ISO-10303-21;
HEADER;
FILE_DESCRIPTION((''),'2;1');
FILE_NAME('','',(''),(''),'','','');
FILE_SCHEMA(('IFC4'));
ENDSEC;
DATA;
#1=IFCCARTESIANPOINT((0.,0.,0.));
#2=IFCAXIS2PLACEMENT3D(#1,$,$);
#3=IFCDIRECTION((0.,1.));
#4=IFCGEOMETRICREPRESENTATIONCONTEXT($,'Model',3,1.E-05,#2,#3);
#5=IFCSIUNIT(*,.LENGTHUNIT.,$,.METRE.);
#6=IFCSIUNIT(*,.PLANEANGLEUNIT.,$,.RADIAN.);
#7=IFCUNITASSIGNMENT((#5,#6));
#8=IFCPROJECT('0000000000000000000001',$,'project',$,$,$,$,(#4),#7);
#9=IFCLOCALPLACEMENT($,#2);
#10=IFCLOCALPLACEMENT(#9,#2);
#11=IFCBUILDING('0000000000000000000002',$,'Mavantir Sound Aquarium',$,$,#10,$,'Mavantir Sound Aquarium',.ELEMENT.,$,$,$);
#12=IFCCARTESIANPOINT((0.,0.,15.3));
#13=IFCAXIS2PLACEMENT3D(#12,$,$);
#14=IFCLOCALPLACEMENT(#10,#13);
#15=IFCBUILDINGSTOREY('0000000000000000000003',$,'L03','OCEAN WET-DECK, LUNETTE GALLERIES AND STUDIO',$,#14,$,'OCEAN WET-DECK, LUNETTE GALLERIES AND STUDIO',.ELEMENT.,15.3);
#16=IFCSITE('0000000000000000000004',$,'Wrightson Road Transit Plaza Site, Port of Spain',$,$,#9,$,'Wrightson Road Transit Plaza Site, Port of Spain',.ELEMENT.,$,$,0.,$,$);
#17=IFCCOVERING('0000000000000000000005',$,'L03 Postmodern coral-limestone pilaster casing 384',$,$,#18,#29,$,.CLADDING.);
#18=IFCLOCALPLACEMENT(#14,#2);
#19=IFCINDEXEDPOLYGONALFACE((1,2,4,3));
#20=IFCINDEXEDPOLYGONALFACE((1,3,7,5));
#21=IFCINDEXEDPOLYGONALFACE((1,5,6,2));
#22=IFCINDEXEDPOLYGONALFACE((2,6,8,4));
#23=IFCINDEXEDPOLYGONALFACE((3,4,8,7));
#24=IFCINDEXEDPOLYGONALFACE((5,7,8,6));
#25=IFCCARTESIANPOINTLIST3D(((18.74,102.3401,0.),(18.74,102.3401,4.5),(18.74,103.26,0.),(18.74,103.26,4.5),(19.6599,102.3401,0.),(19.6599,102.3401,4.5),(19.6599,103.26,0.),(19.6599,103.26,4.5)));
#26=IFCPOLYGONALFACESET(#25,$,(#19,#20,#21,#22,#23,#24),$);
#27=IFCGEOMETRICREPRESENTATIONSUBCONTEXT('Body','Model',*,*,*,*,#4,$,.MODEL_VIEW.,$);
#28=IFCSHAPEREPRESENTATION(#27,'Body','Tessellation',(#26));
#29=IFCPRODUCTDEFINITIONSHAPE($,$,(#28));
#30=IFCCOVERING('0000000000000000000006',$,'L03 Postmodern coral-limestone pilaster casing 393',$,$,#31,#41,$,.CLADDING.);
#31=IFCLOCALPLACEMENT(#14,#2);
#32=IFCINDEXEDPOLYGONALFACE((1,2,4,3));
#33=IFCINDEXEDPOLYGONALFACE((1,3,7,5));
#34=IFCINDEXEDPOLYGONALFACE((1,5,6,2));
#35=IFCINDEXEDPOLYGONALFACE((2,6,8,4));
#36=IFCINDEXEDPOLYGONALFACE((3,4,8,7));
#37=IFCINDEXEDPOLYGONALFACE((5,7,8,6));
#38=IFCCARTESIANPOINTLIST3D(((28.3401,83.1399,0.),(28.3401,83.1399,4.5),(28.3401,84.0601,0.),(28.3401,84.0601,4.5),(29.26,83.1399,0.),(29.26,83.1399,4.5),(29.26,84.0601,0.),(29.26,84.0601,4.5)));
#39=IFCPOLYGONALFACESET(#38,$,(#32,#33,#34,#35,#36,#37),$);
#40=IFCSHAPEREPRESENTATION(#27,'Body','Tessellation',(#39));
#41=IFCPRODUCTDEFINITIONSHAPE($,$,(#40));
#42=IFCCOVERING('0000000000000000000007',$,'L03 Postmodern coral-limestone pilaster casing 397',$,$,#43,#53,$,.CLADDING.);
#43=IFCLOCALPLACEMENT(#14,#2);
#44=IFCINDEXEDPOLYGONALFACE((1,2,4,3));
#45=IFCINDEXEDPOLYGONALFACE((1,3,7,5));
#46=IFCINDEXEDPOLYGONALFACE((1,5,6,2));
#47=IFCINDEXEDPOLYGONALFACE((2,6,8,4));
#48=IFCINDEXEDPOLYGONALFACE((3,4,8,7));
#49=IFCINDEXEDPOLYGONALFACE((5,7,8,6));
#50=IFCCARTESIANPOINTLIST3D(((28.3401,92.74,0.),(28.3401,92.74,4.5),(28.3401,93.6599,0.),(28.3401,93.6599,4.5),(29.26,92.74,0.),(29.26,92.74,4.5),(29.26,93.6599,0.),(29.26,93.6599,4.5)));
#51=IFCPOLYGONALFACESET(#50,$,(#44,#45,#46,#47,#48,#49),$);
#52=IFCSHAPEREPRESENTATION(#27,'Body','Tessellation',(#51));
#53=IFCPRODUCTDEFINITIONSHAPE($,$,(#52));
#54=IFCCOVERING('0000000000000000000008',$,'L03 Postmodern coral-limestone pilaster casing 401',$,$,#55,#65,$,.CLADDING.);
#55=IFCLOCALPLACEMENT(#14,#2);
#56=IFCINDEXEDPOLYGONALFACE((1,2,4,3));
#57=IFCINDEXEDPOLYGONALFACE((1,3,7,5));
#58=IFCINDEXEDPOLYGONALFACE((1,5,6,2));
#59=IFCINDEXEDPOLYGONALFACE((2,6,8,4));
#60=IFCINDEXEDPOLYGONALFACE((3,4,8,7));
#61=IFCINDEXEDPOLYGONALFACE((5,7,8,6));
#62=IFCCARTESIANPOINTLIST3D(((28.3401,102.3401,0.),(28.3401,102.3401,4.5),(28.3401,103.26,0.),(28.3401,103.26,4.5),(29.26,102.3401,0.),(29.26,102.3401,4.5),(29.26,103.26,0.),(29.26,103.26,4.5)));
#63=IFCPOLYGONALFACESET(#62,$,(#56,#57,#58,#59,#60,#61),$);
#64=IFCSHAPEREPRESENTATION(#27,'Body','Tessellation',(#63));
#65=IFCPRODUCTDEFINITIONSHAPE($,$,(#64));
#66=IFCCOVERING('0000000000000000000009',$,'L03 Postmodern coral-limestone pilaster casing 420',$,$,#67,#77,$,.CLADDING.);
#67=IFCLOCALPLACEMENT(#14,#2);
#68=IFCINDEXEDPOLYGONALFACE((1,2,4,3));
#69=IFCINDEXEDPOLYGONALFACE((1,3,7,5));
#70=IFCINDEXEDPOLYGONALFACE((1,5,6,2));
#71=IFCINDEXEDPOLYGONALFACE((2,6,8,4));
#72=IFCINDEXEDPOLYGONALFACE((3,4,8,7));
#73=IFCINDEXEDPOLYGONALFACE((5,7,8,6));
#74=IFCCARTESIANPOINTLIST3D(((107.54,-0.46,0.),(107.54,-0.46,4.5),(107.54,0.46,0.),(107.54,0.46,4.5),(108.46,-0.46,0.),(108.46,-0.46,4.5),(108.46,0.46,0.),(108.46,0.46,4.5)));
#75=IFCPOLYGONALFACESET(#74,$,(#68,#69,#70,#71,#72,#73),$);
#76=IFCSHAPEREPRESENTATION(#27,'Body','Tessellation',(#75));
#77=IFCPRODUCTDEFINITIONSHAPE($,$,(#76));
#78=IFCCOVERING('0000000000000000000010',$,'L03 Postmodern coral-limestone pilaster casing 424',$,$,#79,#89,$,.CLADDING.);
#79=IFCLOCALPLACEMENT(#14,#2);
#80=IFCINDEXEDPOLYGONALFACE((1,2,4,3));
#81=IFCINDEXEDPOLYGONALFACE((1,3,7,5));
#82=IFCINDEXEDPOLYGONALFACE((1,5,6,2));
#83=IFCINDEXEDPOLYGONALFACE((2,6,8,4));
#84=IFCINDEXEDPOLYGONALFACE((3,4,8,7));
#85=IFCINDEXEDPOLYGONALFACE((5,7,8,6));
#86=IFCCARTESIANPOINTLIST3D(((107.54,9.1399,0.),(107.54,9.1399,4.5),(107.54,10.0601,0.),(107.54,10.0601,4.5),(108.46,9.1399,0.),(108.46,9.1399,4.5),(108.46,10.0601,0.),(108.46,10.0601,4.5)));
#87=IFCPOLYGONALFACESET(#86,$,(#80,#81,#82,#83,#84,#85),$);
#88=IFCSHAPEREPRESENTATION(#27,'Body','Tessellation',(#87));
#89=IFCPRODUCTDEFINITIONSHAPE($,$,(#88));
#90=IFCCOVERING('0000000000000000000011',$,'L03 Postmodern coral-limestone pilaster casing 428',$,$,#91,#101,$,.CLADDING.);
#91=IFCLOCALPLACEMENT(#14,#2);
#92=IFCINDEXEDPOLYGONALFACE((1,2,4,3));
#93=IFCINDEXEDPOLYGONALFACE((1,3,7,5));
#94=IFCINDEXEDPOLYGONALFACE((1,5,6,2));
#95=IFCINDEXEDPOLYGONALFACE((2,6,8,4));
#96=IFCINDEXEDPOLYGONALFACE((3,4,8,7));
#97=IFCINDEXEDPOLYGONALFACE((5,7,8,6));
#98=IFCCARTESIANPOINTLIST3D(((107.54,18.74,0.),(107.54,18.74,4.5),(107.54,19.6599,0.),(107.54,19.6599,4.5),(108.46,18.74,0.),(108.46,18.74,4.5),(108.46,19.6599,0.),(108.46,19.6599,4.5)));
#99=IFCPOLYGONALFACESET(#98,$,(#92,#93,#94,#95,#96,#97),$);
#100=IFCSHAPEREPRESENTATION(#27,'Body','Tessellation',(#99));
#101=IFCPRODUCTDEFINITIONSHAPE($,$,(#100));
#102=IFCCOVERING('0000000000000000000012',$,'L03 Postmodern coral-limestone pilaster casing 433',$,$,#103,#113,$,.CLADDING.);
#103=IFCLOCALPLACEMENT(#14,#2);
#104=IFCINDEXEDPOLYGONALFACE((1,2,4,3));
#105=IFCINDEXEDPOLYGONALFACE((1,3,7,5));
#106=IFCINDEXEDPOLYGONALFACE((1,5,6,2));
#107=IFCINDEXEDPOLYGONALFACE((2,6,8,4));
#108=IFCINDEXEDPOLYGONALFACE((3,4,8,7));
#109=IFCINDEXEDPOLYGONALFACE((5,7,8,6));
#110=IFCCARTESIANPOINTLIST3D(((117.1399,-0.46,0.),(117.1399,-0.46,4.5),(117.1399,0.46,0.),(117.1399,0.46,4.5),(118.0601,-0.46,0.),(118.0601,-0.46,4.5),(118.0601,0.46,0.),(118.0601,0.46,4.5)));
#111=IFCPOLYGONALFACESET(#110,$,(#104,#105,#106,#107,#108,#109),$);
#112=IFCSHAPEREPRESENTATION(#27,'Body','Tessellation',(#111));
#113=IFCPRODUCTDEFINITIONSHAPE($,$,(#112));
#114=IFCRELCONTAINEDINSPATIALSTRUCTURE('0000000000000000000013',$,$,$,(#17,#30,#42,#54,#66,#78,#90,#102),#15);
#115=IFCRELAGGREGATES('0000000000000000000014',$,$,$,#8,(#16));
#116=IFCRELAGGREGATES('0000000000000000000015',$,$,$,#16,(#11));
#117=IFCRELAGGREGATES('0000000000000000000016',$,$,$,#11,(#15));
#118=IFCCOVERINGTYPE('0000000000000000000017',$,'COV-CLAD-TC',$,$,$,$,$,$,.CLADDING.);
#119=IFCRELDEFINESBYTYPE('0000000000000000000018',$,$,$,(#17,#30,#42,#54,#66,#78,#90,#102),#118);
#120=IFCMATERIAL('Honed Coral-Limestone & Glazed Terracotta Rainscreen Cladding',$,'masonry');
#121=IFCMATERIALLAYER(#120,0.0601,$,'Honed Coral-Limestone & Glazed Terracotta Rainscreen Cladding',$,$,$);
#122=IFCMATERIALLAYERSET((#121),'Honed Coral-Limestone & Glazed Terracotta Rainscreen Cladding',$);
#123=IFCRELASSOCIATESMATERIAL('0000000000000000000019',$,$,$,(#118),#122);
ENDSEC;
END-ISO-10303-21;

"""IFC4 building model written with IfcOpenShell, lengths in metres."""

from ifc_helpers import new_model, si_unit, direction, frame, origin, place, context, subcontext, project, spatial, polyline, outline, extrude, material, layer, layer_set, type_object, element, save


model = new_model("IFC4")

# Units and contexts
model_context = context("Model", 3, precision=1e-05, world=origin(), true_north=direction((0.0, 1.0)))
body_context = subcontext(model_context, "Body", "Model", "MODEL_VIEW")
ifc_project = project(units=[si_unit("LENGTHUNIT", "METRE"), si_unit("PLANEANGLEUNIT", "RADIAN")], contexts=[model_context])

# Site, building, storey
site_placement = place(None, origin())
site = spatial("IfcSite", under=ifc_project, at=site_placement, Name="Wrightson Road Transit Plaza Site, Port of Spain", LongName="Wrightson Road Transit Plaza Site, Port of Spain", CompositionType="ELEMENT", RefElevation=0.0)
building_placement = place(site_placement, origin())
building = spatial("IfcBuilding", under=site, at=building_placement, Name="Mavantir Sound Aquarium", LongName="Mavantir Sound Aquarium", CompositionType="ELEMENT")
storey_placement = place(building_placement, frame((0.0, 0.0, 15.3)))
storey = spatial("IfcBuildingStorey", under=building, at=storey_placement, Name="L03", Description="OCEAN WET-DECK, LUNETTE GALLERIES AND STUDIO", LongName="OCEAN WET-DECK, LUNETTE GALLERIES AND STUDIO", CompositionType="ELEMENT", Elevation=15.3)

# Coverings
ifc_material = material(Name="Honed Coral-Limestone & Glazed Terracotta Rainscreen Cladding", Category="masonry")
ifc_layer = layer(ifc_material, 0.0601, Name="Honed Coral-Limestone & Glazed Terracotta Rainscreen Cladding")
ifc_layer_set = layer_set([ifc_layer], Name="Honed Coral-Limestone & Glazed Terracotta Rainscreen Cladding")
covering_type = type_object("IfcCoveringType", Name="COV-CLAD-TC", PredefinedType="CLADDING", material=ifc_layer_set)
covering_1_placement = place(storey_placement, origin())
element("IfcCovering", 1, at=covering_1_placement, inside=storey, type_object=covering_type, Name="L03 Postmodern coral-limestone pilaster casing 384", PredefinedType="CLADDING", context=body_context, shape_type="SweptSolid", body=[
    extrude(outline(polyline([(18.74, 102.3401), (19.6599, 102.3401), (19.6599, 103.26), (18.74, 103.26), (18.74, 102.3401)])), origin(), (0.0, 0.0, 1.0), 4.5),
])
covering_2_placement = place(storey_placement, origin())
element("IfcCovering", 2, at=covering_2_placement, inside=storey, type_object=covering_type, Name="L03 Postmodern coral-limestone pilaster casing 393", PredefinedType="CLADDING", context=body_context, shape_type="SweptSolid", body=[
    extrude(outline(polyline([(28.3401, 83.1399), (29.26, 83.1399), (29.26, 84.0601), (28.3401, 84.0601), (28.3401, 83.1399)])), origin(), (0.0, 0.0, 1.0), 4.5),
])
covering_3_placement = place(storey_placement, origin())
element("IfcCovering", 3, at=covering_3_placement, inside=storey, type_object=covering_type, Name="L03 Postmodern coral-limestone pilaster casing 397", PredefinedType="CLADDING", context=body_context, shape_type="SweptSolid", body=[
    extrude(outline(polyline([(28.3401, 92.74), (29.26, 92.74), (29.26, 93.6599), (28.3401, 93.6599), (28.3401, 92.74)])), origin(), (0.0, 0.0, 1.0), 4.5),
])
covering_4_placement = place(storey_placement, origin())
element("IfcCovering", 4, at=covering_4_placement, inside=storey, type_object=covering_type, Name="L03 Postmodern coral-limestone pilaster casing 401", PredefinedType="CLADDING", context=body_context, shape_type="SweptSolid", body=[
    extrude(outline(polyline([(28.3401, 102.3401), (29.26, 102.3401), (29.26, 103.26), (28.3401, 103.26), (28.3401, 102.3401)])), origin(), (0.0, 0.0, 1.0), 4.5),
])
covering_5_placement = place(storey_placement, origin())
element("IfcCovering", 5, at=covering_5_placement, inside=storey, type_object=covering_type, Name="L03 Postmodern coral-limestone pilaster casing 420", PredefinedType="CLADDING", context=body_context, shape_type="SweptSolid", body=[
    extrude(outline(polyline([(107.54, -0.46), (108.46, -0.46), (108.46, 0.46), (107.54, 0.46), (107.54, -0.46)])), origin(), (0.0, 0.0, 1.0), 4.5),
])
covering_6_placement = place(storey_placement, origin())
element("IfcCovering", 6, at=covering_6_placement, inside=storey, type_object=covering_type, Name="L03 Postmodern coral-limestone pilaster casing 424", PredefinedType="CLADDING", context=body_context, shape_type="SweptSolid", body=[
    extrude(outline(polyline([(107.54, 9.1399), (108.46, 9.1399), (108.46, 10.0601), (107.54, 10.0601), (107.54, 9.1399)])), origin(), (0.0, 0.0, 1.0), 4.5),
])
covering_7_placement = place(storey_placement, origin())
element("IfcCovering", 7, at=covering_7_placement, inside=storey, type_object=covering_type, Name="L03 Postmodern coral-limestone pilaster casing 428", PredefinedType="CLADDING", context=body_context, shape_type="SweptSolid", body=[
    extrude(outline(polyline([(107.54, 18.74), (108.46, 18.74), (108.46, 19.6599), (107.54, 19.6599), (107.54, 18.74)])), origin(), (0.0, 0.0, 1.0), 4.5),
])
covering_8_placement = place(storey_placement, origin())
element("IfcCovering", 8, at=covering_8_placement, inside=storey, type_object=covering_type, Name="L03 Postmodern coral-limestone pilaster casing 433", PredefinedType="CLADDING", context=body_context, shape_type="SweptSolid", body=[
    extrude(outline(polyline([(117.1399, -0.46), (118.0601, -0.46), (118.0601, 0.46), (117.1399, 0.46), (117.1399, -0.46)])), origin(), (0.0, 0.0, 1.0), 4.5),
])

save(model, "model.ifc")
